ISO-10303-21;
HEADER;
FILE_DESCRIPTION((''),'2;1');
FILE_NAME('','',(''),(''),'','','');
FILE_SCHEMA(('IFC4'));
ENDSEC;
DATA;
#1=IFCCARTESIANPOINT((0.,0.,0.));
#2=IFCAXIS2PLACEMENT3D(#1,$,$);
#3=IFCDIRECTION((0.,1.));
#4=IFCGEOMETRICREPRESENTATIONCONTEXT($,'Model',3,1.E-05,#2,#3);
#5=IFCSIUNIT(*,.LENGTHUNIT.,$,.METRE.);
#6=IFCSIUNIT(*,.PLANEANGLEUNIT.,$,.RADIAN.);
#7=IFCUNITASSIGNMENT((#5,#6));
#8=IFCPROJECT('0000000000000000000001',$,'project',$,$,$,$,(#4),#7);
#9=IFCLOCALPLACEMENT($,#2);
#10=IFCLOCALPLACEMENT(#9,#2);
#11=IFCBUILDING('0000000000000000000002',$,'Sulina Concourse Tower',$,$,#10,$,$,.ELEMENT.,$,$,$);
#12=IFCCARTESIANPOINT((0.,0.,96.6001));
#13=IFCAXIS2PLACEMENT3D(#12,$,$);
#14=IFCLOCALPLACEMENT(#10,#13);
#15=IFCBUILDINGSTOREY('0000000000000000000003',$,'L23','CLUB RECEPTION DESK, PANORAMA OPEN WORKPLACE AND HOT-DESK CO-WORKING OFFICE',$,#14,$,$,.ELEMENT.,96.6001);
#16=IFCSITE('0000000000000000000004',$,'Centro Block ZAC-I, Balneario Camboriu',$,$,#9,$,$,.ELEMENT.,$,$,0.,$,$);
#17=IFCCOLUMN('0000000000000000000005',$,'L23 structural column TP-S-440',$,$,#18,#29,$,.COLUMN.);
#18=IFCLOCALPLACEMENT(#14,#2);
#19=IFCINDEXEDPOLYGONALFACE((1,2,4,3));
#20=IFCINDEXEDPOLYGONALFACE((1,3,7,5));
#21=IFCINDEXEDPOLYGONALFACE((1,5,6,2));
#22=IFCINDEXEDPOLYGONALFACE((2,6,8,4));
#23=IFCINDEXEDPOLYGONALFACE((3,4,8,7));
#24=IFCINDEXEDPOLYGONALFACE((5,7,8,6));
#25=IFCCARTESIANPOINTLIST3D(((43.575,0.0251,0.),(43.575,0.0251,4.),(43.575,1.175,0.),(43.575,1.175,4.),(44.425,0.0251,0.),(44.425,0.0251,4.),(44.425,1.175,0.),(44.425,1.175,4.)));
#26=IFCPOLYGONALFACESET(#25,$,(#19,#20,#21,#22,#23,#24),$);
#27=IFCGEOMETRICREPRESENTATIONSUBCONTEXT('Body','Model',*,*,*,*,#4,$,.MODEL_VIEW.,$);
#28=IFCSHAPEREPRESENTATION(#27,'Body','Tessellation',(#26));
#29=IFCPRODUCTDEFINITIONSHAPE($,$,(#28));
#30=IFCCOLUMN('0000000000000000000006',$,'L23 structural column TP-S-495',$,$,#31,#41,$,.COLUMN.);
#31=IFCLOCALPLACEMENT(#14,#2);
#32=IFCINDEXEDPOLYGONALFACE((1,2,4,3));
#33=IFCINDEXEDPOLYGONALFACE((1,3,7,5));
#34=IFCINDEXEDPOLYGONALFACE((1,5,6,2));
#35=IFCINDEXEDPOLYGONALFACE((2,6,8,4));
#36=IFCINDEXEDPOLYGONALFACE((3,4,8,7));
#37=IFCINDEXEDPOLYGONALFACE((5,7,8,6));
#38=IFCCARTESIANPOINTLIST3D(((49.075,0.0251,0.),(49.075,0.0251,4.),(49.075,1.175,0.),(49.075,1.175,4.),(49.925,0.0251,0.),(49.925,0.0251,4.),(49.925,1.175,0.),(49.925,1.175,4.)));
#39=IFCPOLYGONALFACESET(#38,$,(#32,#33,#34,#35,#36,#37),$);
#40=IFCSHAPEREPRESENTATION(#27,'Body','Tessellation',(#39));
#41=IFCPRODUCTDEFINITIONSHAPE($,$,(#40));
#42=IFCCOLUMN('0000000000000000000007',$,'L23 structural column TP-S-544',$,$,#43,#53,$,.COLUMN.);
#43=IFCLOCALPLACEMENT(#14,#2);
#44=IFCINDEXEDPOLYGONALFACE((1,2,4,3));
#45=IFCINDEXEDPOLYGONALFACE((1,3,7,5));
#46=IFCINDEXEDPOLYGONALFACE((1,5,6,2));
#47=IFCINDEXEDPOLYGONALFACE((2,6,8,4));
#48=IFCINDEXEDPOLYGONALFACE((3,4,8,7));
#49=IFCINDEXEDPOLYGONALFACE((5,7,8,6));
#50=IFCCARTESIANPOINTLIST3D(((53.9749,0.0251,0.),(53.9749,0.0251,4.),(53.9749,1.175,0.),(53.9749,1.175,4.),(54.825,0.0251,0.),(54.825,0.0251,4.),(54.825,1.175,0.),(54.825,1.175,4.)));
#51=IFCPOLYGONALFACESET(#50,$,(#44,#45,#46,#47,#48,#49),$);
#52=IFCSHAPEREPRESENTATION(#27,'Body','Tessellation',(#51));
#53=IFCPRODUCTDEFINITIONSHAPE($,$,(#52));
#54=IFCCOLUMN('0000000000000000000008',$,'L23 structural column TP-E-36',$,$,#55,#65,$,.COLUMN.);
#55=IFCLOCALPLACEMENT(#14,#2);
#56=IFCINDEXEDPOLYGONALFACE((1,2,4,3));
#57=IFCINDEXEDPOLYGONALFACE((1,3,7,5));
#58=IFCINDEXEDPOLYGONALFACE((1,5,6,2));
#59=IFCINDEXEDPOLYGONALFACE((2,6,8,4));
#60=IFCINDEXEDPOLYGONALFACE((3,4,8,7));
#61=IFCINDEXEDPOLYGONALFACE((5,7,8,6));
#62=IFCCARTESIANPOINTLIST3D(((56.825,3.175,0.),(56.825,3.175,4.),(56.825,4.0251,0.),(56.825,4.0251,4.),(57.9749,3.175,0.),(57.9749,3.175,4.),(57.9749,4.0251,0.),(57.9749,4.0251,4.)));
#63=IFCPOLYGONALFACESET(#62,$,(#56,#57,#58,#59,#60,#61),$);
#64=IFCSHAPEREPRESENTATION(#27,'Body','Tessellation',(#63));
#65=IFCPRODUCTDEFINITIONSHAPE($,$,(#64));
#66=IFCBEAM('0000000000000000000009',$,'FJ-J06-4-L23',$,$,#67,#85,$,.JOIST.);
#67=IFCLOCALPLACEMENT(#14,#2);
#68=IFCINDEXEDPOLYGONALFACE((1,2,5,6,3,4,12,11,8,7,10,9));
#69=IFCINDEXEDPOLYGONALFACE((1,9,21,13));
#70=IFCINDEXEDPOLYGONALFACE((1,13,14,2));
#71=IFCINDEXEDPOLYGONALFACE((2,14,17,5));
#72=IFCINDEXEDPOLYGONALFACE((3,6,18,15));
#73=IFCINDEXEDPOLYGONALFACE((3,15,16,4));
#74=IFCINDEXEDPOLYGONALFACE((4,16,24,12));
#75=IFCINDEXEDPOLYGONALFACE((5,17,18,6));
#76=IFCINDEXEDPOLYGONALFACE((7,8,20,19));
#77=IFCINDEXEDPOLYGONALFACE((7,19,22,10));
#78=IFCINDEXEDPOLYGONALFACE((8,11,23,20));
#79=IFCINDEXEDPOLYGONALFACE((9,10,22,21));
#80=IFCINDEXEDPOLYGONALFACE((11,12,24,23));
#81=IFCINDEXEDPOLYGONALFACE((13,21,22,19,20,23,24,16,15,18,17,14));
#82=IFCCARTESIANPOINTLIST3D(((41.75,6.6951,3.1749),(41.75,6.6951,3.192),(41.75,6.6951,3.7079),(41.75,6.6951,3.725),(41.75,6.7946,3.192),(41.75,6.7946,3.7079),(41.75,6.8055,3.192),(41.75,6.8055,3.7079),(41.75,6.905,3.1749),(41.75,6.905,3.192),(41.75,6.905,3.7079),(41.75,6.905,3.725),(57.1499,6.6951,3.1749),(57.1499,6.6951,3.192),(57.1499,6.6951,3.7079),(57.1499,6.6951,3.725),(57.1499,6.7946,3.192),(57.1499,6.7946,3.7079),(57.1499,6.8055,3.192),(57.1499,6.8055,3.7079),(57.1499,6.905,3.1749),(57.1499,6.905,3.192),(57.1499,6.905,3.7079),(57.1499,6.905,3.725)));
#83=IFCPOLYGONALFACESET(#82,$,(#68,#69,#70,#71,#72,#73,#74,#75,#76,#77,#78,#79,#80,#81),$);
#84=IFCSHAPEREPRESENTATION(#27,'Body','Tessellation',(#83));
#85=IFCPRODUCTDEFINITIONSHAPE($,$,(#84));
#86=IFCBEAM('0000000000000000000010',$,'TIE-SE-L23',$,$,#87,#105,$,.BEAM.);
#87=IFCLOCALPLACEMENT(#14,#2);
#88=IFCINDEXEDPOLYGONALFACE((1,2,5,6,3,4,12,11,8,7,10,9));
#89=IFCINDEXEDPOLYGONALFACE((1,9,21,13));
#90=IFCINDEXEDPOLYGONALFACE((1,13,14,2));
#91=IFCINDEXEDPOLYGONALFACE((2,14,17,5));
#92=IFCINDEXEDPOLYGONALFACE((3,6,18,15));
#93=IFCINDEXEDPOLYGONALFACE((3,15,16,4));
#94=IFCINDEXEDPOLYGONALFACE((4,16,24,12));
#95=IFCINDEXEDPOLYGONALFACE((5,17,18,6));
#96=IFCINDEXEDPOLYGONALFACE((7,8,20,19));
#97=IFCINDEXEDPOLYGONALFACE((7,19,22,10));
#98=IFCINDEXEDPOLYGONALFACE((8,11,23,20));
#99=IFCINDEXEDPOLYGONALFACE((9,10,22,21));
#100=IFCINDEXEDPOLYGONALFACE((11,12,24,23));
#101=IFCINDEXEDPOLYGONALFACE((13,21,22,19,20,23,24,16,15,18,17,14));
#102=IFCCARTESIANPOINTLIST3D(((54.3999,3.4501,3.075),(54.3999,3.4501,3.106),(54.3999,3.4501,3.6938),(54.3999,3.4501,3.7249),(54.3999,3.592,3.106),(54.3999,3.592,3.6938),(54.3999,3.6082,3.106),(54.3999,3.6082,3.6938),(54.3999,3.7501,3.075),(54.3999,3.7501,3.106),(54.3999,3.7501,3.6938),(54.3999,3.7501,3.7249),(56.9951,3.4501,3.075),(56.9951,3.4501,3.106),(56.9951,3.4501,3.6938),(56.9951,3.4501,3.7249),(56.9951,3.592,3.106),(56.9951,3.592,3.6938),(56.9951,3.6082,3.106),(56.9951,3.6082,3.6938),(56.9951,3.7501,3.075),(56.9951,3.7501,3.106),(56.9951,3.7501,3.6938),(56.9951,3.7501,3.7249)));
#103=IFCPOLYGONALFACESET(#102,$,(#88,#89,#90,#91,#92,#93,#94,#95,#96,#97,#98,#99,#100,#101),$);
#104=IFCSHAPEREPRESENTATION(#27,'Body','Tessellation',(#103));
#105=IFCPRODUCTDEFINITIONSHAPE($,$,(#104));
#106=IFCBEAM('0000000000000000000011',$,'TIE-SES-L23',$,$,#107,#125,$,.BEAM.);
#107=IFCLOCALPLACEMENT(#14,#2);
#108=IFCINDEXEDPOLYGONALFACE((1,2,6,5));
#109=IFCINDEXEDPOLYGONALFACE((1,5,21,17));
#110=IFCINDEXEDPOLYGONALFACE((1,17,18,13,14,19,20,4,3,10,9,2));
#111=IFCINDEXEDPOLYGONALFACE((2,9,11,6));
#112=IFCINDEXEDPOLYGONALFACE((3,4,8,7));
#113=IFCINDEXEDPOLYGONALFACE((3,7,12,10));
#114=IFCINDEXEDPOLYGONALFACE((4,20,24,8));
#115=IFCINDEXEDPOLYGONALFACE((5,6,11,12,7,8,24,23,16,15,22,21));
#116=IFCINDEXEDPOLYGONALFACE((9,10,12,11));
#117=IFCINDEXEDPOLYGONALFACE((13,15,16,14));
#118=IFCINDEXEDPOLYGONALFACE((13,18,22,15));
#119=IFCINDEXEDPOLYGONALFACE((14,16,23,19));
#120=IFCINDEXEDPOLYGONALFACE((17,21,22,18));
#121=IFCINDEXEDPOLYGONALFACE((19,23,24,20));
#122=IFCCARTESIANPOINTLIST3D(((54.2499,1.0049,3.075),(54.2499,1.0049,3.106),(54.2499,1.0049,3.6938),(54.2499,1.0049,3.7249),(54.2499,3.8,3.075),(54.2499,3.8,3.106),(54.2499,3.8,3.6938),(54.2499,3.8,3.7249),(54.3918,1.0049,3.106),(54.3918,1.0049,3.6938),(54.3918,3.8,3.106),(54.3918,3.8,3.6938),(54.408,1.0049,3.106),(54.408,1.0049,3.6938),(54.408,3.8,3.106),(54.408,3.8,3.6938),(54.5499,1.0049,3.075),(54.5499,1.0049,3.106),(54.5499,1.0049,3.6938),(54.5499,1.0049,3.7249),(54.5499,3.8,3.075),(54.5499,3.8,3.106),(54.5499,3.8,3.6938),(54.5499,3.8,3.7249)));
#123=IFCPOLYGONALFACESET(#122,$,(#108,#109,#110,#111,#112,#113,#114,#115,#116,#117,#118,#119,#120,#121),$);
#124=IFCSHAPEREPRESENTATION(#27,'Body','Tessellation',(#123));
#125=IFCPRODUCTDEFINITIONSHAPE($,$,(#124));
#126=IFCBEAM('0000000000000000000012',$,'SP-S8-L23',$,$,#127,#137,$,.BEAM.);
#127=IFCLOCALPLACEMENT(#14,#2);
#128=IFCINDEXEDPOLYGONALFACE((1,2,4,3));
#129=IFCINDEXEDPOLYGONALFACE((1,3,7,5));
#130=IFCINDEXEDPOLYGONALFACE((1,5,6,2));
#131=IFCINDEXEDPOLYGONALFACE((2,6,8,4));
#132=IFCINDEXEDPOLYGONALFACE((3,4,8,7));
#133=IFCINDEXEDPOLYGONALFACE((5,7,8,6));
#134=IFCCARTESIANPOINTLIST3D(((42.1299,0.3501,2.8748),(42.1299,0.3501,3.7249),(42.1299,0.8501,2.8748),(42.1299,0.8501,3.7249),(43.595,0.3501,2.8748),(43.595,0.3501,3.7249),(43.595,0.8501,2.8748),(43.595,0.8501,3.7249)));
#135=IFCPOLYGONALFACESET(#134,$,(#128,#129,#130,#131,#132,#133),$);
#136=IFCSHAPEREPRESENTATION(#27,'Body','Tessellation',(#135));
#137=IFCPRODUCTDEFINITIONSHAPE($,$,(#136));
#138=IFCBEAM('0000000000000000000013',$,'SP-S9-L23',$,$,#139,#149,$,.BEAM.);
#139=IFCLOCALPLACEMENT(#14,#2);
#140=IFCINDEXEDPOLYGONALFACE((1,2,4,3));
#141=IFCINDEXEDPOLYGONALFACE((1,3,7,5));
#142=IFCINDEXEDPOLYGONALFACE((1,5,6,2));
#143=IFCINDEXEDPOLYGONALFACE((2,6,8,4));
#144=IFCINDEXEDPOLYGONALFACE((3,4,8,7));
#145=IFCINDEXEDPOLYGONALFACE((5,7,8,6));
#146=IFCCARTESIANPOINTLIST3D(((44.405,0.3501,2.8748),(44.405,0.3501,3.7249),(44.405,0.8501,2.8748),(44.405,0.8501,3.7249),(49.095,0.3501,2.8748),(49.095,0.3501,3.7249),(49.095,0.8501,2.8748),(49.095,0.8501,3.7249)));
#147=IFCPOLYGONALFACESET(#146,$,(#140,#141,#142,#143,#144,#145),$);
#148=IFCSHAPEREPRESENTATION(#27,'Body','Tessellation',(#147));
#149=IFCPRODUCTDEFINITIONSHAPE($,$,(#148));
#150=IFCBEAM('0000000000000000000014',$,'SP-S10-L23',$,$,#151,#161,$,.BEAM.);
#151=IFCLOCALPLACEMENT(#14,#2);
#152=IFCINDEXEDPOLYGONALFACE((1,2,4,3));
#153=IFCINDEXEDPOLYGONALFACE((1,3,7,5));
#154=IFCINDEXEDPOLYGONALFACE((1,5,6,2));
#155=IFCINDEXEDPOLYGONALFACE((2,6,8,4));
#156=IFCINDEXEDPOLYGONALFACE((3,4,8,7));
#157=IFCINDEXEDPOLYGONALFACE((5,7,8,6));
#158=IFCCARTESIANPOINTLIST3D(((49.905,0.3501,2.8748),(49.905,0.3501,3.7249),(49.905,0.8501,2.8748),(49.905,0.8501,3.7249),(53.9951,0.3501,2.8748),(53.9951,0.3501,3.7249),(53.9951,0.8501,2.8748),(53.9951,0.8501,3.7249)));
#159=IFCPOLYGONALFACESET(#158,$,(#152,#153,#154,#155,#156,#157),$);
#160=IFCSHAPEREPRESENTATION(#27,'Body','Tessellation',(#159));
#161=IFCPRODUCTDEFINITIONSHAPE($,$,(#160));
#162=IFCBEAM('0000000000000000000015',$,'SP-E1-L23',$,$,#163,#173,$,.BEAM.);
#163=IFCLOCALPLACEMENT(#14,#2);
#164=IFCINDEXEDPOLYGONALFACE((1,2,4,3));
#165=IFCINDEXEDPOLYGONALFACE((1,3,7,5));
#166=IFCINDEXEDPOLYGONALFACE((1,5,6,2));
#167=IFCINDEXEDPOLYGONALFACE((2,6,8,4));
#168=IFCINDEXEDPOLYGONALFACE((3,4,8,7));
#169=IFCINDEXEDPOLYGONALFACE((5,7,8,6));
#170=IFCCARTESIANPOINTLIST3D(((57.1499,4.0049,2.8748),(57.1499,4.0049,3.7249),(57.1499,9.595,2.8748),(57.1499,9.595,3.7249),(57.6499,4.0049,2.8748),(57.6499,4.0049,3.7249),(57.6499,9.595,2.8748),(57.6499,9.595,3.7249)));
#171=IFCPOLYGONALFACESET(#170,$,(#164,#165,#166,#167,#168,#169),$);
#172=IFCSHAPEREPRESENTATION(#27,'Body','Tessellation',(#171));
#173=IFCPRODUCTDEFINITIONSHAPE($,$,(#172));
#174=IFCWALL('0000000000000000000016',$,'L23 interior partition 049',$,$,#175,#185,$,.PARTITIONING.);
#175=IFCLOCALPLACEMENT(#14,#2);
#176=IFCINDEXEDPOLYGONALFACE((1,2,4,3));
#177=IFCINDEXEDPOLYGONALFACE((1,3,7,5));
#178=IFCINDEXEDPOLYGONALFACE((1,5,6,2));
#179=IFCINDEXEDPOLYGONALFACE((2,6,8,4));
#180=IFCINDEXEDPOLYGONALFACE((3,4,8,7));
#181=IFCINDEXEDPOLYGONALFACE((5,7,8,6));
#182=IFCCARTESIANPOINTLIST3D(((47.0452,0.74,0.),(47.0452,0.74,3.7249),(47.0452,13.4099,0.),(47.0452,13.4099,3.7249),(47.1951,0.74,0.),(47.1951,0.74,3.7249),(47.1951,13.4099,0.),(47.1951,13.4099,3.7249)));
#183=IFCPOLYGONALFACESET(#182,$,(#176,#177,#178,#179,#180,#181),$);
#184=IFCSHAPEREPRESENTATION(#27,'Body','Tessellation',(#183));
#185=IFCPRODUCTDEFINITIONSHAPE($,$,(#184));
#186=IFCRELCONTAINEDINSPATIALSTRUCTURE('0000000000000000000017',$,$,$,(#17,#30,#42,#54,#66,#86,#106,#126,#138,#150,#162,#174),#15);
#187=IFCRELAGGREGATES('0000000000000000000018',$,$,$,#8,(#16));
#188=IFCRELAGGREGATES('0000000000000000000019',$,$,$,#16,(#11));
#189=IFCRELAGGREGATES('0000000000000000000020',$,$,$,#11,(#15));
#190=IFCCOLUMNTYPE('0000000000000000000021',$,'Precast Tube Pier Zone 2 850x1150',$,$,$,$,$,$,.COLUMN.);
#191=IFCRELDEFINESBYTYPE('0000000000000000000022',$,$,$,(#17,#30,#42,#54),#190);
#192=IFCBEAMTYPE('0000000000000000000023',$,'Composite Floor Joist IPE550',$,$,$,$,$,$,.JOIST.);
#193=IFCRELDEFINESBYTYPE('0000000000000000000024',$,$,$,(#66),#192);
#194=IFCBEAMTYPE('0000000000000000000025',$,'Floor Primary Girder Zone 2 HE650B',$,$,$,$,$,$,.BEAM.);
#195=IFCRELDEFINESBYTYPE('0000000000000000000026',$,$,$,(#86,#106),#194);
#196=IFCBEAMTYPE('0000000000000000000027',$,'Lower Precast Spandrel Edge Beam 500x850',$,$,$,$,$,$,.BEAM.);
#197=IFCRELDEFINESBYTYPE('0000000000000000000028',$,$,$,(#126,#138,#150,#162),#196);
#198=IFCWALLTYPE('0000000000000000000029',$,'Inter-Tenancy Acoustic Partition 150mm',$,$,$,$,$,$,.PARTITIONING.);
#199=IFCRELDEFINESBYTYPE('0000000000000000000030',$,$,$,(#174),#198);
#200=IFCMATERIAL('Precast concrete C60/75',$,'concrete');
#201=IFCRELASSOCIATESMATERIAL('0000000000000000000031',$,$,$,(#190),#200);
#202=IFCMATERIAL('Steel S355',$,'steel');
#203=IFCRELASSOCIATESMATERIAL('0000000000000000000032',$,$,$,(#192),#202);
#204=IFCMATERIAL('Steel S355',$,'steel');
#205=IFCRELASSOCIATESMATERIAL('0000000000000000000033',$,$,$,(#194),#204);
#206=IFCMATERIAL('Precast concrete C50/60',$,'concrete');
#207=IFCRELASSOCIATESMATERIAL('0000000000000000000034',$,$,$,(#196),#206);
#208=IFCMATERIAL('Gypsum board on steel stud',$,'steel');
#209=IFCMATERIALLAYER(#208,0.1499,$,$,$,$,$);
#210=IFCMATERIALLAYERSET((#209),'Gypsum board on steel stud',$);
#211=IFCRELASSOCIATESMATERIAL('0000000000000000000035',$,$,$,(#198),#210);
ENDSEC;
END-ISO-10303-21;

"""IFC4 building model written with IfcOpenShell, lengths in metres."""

from ifc_helpers import new_model, si_unit, direction, frame, frame_2d, origin, origin_2d, place, context, subcontext, project, spatial, rectangle, i_section, extrude, material, layer, layer_set, material_profile, profile_set, type_object, element, save


model = new_model("IFC4")

# Units and contexts
model_context = context("Model", 3, precision=1e-05, world=origin(), true_north=direction((0.0, 1.0)))
body_context = subcontext(model_context, "Body", "Model", "MODEL_VIEW")
ifc_project = project(units=[si_unit("LENGTHUNIT", "METRE"), si_unit("PLANEANGLEUNIT", "RADIAN")], contexts=[model_context])

# Site, building, storey
site_placement = place(None, origin())
site = spatial("IfcSite", under=ifc_project, at=site_placement, Name="Centro Block ZAC-I, Balneario Camboriu", CompositionType="ELEMENT", RefElevation=0.0)
building_placement = place(site_placement, origin())
building = spatial("IfcBuilding", under=site, at=building_placement, Name="Sulina Concourse Tower", CompositionType="ELEMENT")
storey_placement = place(building_placement, frame((0.0, 0.0, 96.6001)))
storey = spatial("IfcBuildingStorey", under=building, at=storey_placement, Name="L23", Description="CLUB RECEPTION DESK, PANORAMA OPEN WORKPLACE AND HOT-DESK CO-WORKING OFFICE", CompositionType="ELEMENT", Elevation=96.6001)

# Columns
ifc_material_1 = material(Name="Precast concrete C60/75", Category="concrete")
ifc_material_profile_1 = material_profile(ifc_material_1, rectangle(XDim=0.8501, YDim=1.1499, at=origin_2d()), Name="PC 850x1150")
ifc_profile_set_1 = profile_set([ifc_material_profile_1], Name="Precast concrete C60/75")
column_type = type_object("IfcColumnType", Name="Precast Tube Pier Zone 2 850x1150", PredefinedType="COLUMN", material=ifc_profile_set_1)
for number, where, z_axis, x_axis, name in (
    (1, (44.0, 0.6001, 0.0), (0.0, 0.0, 1.0), (1.0, 0.0, 0.0), "L23 structural column TP-S-440"),
    (2, (49.5, 0.6001, 0.0), (0.0, 0.0, 1.0), (1.0, 0.0, 0.0), "L23 structural column TP-S-495"),
    (3, (54.3999, 0.6001, 0.0), (0.0, 0.0, 1.0), (1.0, 0.0, 0.0), "L23 structural column TP-S-544"),
    (4, (57.3999, 3.6001, 0.0), (0.0, 0.0, 1.0), (0.0, 1.0, 0.0), "L23 structural column TP-E-36"),
):
    element("IfcColumn", number, at=place(storey_placement, frame(where, z_axis=z_axis, x_axis=x_axis)), inside=storey, type_object=column_type, Name=name, PredefinedType="COLUMN", context=body_context, shape_type="SweptSolid", body=[
        extrude(rectangle(XDim=0.8501, YDim=1.1499, at=origin_2d()), origin(), (0.0, 0.0, 1.0), 4.0),
    ])

# Beams
ifc_material_2 = material(Name="Steel S355", Category="steel")
ifc_material_profile_2 = material_profile(ifc_material_2, i_section(OverallWidth=0.21, OverallDepth=0.55, WebThickness=0.011, FlangeThickness=0.0171, at=origin_2d()), Name="IPE 550")
ifc_profile_set_2 = profile_set([ifc_material_profile_2], Name="Steel S355")
beam_type_1 = type_object("IfcBeamType", Name="Composite Floor Joist IPE550", PredefinedType="JOIST", material=ifc_profile_set_2)
beam_1_placement = place(storey_placement, frame((41.75, 6.8, 3.45), z_axis=(1.0, 0.0, 0.0), x_axis=(0.0, 1.0, 0.0)))
element("IfcBeam", 5, at=beam_1_placement, inside=storey, type_object=beam_type_1, Name="FJ-J06-4-L23", PredefinedType="JOIST", context=body_context, shape_type="SweptSolid", body=[
    extrude(i_section(OverallWidth=0.21, OverallDepth=0.55, WebThickness=0.011, FlangeThickness=0.0171, at=origin_2d()), origin(), (0.0, 0.0, 1.0), 15.3999),
])
ifc_material_3 = material(Name="Steel S355", Category="steel")
ifc_material_profile_3 = material_profile(ifc_material_3, i_section(OverallWidth=0.3, OverallDepth=0.6499, WebThickness=0.0161, FlangeThickness=0.031, at=origin_2d()), Name="HE 650 B")
ifc_profile_set_3 = profile_set([ifc_material_profile_3], Name="Steel S355")
beam_type_2 = type_object("IfcBeamType", Name="Floor Primary Girder Zone 2 HE650B", PredefinedType="BEAM", material=ifc_profile_set_3)
beam_2_placement = place(storey_placement, frame((54.3999, 3.6001, 3.3999), z_axis=(1.0, 0.0, 0.0), x_axis=(0.0, 1.0, 0.0)))
element("IfcBeam", 6, at=beam_2_placement, inside=storey, type_object=beam_type_2, Name="TIE-SE-L23", PredefinedType="BEAM", context=body_context, shape_type="SweptSolid", body=[
    extrude(i_section(OverallWidth=0.3, OverallDepth=0.6499, WebThickness=0.0161, FlangeThickness=0.031, at=origin_2d()), origin(), (0.0, 0.0, 1.0), 2.5952),
])
beam_3_placement = place(storey_placement, frame((54.3999, 1.0049, 3.3999), z_axis=(0.0, 1.0, 0.0), x_axis=(-1.0, 0.0, 0.0)))
element("IfcBeam", 7, at=beam_3_placement, inside=storey, type_object=beam_type_2, Name="TIE-SES-L23", PredefinedType="BEAM", context=body_context, shape_type="SweptSolid", body=[
    extrude(i_section(OverallWidth=0.3, OverallDepth=0.6499, WebThickness=0.0161, FlangeThickness=0.031, at=origin_2d()), origin(), (0.0, 0.0, 1.0), 2.7952),
])
ifc_material_4 = material(Name="Precast concrete C50/60", Category="concrete")
ifc_material_profile_4 = material_profile(ifc_material_4, rectangle(XDim=0.5, YDim=0.8501, at=origin_2d()), Name="RC 500x850")
ifc_profile_set_4 = profile_set([ifc_material_profile_4], Name="Precast concrete C50/60")
beam_type_3 = type_object("IfcBeamType", Name="Lower Precast Spandrel Edge Beam 500x850", PredefinedType="BEAM", material=ifc_profile_set_4)
beam_4_placement = place(storey_placement, frame((42.1299, 0.6001, 3.2998), z_axis=(1.0, 0.0, 0.0), x_axis=(0.0, 1.0, 0.0)))
element("IfcBeam", 8, at=beam_4_placement, inside=storey, type_object=beam_type_3, Name="SP-S8-L23", PredefinedType="BEAM", context=body_context, shape_type="SweptSolid", body=[
    extrude(rectangle(XDim=0.5, YDim=0.8501, at=origin_2d()), origin(), (0.0, 0.0, 1.0), 1.4651),
])
beam_5_placement = place(storey_placement, frame((44.405, 0.6001, 3.2998), z_axis=(1.0, 0.0, 0.0), x_axis=(0.0, 1.0, 0.0)))
element("IfcBeam", 9, at=beam_5_placement, inside=storey, type_object=beam_type_3, Name="SP-S9-L23", PredefinedType="BEAM", context=body_context, shape_type="SweptSolid", body=[
    extrude(rectangle(XDim=0.5, YDim=0.8501, at=origin_2d()), origin(), (0.0, 0.0, 1.0), 4.6899),
])
beam_6_placement = place(storey_placement, frame((49.905, 0.6001, 3.2998), z_axis=(1.0, 0.0, 0.0), x_axis=(0.0, 1.0, 0.0)))
element("IfcBeam", 10, at=beam_6_placement, inside=storey, type_object=beam_type_3, Name="SP-S10-L23", PredefinedType="BEAM", context=body_context, shape_type="SweptSolid", body=[
    extrude(rectangle(XDim=0.5, YDim=0.8501, at=origin_2d()), origin(), (0.0, 0.0, 1.0), 4.0901),
])
beam_7_placement = place(storey_placement, frame((57.3999, 4.0049, 3.2998), z_axis=(0.0, 1.0, 0.0), x_axis=(-1.0, 0.0, 0.0)))
element("IfcBeam", 11, at=beam_7_placement, inside=storey, type_object=beam_type_3, Name="SP-E1-L23", PredefinedType="BEAM", context=body_context, shape_type="SweptSolid", body=[
    extrude(rectangle(XDim=0.5, YDim=0.8501, at=origin_2d()), origin(), (0.0, 0.0, 1.0), 5.5901),
])

# Wall
ifc_material_5 = material(Name="Gypsum board on steel stud", Category="steel")
ifc_layer_1 = layer(ifc_material_5, 0.1499)
ifc_layer_set_1 = layer_set([ifc_layer_1], Name="Gypsum board on steel stud")
wall_type_1 = type_object("IfcWallType", Name="Inter-Tenancy Acoustic Partition 150mm", PredefinedType="PARTITIONING", material=ifc_layer_set_1)
wall_1_placement = place(storey_placement, frame((47.1201, 0.74, 0.0), z_axis=(0.0, 0.0, 1.0), x_axis=(0.0, 1.0, 0.0)))
element("IfcWall", 12, at=wall_1_placement, inside=storey, type_object=wall_type_1, Name="L23 interior partition 049", PredefinedType="PARTITIONING", context=body_context, shape_type="SweptSolid", body=[
    extrude(rectangle(XDim=12.6699, YDim=0.1499, at=frame_2d((6.335, 0.0))), origin(), (0.0, 0.0, 1.0), 3.7249),
])

save(model, "model.ifc")
